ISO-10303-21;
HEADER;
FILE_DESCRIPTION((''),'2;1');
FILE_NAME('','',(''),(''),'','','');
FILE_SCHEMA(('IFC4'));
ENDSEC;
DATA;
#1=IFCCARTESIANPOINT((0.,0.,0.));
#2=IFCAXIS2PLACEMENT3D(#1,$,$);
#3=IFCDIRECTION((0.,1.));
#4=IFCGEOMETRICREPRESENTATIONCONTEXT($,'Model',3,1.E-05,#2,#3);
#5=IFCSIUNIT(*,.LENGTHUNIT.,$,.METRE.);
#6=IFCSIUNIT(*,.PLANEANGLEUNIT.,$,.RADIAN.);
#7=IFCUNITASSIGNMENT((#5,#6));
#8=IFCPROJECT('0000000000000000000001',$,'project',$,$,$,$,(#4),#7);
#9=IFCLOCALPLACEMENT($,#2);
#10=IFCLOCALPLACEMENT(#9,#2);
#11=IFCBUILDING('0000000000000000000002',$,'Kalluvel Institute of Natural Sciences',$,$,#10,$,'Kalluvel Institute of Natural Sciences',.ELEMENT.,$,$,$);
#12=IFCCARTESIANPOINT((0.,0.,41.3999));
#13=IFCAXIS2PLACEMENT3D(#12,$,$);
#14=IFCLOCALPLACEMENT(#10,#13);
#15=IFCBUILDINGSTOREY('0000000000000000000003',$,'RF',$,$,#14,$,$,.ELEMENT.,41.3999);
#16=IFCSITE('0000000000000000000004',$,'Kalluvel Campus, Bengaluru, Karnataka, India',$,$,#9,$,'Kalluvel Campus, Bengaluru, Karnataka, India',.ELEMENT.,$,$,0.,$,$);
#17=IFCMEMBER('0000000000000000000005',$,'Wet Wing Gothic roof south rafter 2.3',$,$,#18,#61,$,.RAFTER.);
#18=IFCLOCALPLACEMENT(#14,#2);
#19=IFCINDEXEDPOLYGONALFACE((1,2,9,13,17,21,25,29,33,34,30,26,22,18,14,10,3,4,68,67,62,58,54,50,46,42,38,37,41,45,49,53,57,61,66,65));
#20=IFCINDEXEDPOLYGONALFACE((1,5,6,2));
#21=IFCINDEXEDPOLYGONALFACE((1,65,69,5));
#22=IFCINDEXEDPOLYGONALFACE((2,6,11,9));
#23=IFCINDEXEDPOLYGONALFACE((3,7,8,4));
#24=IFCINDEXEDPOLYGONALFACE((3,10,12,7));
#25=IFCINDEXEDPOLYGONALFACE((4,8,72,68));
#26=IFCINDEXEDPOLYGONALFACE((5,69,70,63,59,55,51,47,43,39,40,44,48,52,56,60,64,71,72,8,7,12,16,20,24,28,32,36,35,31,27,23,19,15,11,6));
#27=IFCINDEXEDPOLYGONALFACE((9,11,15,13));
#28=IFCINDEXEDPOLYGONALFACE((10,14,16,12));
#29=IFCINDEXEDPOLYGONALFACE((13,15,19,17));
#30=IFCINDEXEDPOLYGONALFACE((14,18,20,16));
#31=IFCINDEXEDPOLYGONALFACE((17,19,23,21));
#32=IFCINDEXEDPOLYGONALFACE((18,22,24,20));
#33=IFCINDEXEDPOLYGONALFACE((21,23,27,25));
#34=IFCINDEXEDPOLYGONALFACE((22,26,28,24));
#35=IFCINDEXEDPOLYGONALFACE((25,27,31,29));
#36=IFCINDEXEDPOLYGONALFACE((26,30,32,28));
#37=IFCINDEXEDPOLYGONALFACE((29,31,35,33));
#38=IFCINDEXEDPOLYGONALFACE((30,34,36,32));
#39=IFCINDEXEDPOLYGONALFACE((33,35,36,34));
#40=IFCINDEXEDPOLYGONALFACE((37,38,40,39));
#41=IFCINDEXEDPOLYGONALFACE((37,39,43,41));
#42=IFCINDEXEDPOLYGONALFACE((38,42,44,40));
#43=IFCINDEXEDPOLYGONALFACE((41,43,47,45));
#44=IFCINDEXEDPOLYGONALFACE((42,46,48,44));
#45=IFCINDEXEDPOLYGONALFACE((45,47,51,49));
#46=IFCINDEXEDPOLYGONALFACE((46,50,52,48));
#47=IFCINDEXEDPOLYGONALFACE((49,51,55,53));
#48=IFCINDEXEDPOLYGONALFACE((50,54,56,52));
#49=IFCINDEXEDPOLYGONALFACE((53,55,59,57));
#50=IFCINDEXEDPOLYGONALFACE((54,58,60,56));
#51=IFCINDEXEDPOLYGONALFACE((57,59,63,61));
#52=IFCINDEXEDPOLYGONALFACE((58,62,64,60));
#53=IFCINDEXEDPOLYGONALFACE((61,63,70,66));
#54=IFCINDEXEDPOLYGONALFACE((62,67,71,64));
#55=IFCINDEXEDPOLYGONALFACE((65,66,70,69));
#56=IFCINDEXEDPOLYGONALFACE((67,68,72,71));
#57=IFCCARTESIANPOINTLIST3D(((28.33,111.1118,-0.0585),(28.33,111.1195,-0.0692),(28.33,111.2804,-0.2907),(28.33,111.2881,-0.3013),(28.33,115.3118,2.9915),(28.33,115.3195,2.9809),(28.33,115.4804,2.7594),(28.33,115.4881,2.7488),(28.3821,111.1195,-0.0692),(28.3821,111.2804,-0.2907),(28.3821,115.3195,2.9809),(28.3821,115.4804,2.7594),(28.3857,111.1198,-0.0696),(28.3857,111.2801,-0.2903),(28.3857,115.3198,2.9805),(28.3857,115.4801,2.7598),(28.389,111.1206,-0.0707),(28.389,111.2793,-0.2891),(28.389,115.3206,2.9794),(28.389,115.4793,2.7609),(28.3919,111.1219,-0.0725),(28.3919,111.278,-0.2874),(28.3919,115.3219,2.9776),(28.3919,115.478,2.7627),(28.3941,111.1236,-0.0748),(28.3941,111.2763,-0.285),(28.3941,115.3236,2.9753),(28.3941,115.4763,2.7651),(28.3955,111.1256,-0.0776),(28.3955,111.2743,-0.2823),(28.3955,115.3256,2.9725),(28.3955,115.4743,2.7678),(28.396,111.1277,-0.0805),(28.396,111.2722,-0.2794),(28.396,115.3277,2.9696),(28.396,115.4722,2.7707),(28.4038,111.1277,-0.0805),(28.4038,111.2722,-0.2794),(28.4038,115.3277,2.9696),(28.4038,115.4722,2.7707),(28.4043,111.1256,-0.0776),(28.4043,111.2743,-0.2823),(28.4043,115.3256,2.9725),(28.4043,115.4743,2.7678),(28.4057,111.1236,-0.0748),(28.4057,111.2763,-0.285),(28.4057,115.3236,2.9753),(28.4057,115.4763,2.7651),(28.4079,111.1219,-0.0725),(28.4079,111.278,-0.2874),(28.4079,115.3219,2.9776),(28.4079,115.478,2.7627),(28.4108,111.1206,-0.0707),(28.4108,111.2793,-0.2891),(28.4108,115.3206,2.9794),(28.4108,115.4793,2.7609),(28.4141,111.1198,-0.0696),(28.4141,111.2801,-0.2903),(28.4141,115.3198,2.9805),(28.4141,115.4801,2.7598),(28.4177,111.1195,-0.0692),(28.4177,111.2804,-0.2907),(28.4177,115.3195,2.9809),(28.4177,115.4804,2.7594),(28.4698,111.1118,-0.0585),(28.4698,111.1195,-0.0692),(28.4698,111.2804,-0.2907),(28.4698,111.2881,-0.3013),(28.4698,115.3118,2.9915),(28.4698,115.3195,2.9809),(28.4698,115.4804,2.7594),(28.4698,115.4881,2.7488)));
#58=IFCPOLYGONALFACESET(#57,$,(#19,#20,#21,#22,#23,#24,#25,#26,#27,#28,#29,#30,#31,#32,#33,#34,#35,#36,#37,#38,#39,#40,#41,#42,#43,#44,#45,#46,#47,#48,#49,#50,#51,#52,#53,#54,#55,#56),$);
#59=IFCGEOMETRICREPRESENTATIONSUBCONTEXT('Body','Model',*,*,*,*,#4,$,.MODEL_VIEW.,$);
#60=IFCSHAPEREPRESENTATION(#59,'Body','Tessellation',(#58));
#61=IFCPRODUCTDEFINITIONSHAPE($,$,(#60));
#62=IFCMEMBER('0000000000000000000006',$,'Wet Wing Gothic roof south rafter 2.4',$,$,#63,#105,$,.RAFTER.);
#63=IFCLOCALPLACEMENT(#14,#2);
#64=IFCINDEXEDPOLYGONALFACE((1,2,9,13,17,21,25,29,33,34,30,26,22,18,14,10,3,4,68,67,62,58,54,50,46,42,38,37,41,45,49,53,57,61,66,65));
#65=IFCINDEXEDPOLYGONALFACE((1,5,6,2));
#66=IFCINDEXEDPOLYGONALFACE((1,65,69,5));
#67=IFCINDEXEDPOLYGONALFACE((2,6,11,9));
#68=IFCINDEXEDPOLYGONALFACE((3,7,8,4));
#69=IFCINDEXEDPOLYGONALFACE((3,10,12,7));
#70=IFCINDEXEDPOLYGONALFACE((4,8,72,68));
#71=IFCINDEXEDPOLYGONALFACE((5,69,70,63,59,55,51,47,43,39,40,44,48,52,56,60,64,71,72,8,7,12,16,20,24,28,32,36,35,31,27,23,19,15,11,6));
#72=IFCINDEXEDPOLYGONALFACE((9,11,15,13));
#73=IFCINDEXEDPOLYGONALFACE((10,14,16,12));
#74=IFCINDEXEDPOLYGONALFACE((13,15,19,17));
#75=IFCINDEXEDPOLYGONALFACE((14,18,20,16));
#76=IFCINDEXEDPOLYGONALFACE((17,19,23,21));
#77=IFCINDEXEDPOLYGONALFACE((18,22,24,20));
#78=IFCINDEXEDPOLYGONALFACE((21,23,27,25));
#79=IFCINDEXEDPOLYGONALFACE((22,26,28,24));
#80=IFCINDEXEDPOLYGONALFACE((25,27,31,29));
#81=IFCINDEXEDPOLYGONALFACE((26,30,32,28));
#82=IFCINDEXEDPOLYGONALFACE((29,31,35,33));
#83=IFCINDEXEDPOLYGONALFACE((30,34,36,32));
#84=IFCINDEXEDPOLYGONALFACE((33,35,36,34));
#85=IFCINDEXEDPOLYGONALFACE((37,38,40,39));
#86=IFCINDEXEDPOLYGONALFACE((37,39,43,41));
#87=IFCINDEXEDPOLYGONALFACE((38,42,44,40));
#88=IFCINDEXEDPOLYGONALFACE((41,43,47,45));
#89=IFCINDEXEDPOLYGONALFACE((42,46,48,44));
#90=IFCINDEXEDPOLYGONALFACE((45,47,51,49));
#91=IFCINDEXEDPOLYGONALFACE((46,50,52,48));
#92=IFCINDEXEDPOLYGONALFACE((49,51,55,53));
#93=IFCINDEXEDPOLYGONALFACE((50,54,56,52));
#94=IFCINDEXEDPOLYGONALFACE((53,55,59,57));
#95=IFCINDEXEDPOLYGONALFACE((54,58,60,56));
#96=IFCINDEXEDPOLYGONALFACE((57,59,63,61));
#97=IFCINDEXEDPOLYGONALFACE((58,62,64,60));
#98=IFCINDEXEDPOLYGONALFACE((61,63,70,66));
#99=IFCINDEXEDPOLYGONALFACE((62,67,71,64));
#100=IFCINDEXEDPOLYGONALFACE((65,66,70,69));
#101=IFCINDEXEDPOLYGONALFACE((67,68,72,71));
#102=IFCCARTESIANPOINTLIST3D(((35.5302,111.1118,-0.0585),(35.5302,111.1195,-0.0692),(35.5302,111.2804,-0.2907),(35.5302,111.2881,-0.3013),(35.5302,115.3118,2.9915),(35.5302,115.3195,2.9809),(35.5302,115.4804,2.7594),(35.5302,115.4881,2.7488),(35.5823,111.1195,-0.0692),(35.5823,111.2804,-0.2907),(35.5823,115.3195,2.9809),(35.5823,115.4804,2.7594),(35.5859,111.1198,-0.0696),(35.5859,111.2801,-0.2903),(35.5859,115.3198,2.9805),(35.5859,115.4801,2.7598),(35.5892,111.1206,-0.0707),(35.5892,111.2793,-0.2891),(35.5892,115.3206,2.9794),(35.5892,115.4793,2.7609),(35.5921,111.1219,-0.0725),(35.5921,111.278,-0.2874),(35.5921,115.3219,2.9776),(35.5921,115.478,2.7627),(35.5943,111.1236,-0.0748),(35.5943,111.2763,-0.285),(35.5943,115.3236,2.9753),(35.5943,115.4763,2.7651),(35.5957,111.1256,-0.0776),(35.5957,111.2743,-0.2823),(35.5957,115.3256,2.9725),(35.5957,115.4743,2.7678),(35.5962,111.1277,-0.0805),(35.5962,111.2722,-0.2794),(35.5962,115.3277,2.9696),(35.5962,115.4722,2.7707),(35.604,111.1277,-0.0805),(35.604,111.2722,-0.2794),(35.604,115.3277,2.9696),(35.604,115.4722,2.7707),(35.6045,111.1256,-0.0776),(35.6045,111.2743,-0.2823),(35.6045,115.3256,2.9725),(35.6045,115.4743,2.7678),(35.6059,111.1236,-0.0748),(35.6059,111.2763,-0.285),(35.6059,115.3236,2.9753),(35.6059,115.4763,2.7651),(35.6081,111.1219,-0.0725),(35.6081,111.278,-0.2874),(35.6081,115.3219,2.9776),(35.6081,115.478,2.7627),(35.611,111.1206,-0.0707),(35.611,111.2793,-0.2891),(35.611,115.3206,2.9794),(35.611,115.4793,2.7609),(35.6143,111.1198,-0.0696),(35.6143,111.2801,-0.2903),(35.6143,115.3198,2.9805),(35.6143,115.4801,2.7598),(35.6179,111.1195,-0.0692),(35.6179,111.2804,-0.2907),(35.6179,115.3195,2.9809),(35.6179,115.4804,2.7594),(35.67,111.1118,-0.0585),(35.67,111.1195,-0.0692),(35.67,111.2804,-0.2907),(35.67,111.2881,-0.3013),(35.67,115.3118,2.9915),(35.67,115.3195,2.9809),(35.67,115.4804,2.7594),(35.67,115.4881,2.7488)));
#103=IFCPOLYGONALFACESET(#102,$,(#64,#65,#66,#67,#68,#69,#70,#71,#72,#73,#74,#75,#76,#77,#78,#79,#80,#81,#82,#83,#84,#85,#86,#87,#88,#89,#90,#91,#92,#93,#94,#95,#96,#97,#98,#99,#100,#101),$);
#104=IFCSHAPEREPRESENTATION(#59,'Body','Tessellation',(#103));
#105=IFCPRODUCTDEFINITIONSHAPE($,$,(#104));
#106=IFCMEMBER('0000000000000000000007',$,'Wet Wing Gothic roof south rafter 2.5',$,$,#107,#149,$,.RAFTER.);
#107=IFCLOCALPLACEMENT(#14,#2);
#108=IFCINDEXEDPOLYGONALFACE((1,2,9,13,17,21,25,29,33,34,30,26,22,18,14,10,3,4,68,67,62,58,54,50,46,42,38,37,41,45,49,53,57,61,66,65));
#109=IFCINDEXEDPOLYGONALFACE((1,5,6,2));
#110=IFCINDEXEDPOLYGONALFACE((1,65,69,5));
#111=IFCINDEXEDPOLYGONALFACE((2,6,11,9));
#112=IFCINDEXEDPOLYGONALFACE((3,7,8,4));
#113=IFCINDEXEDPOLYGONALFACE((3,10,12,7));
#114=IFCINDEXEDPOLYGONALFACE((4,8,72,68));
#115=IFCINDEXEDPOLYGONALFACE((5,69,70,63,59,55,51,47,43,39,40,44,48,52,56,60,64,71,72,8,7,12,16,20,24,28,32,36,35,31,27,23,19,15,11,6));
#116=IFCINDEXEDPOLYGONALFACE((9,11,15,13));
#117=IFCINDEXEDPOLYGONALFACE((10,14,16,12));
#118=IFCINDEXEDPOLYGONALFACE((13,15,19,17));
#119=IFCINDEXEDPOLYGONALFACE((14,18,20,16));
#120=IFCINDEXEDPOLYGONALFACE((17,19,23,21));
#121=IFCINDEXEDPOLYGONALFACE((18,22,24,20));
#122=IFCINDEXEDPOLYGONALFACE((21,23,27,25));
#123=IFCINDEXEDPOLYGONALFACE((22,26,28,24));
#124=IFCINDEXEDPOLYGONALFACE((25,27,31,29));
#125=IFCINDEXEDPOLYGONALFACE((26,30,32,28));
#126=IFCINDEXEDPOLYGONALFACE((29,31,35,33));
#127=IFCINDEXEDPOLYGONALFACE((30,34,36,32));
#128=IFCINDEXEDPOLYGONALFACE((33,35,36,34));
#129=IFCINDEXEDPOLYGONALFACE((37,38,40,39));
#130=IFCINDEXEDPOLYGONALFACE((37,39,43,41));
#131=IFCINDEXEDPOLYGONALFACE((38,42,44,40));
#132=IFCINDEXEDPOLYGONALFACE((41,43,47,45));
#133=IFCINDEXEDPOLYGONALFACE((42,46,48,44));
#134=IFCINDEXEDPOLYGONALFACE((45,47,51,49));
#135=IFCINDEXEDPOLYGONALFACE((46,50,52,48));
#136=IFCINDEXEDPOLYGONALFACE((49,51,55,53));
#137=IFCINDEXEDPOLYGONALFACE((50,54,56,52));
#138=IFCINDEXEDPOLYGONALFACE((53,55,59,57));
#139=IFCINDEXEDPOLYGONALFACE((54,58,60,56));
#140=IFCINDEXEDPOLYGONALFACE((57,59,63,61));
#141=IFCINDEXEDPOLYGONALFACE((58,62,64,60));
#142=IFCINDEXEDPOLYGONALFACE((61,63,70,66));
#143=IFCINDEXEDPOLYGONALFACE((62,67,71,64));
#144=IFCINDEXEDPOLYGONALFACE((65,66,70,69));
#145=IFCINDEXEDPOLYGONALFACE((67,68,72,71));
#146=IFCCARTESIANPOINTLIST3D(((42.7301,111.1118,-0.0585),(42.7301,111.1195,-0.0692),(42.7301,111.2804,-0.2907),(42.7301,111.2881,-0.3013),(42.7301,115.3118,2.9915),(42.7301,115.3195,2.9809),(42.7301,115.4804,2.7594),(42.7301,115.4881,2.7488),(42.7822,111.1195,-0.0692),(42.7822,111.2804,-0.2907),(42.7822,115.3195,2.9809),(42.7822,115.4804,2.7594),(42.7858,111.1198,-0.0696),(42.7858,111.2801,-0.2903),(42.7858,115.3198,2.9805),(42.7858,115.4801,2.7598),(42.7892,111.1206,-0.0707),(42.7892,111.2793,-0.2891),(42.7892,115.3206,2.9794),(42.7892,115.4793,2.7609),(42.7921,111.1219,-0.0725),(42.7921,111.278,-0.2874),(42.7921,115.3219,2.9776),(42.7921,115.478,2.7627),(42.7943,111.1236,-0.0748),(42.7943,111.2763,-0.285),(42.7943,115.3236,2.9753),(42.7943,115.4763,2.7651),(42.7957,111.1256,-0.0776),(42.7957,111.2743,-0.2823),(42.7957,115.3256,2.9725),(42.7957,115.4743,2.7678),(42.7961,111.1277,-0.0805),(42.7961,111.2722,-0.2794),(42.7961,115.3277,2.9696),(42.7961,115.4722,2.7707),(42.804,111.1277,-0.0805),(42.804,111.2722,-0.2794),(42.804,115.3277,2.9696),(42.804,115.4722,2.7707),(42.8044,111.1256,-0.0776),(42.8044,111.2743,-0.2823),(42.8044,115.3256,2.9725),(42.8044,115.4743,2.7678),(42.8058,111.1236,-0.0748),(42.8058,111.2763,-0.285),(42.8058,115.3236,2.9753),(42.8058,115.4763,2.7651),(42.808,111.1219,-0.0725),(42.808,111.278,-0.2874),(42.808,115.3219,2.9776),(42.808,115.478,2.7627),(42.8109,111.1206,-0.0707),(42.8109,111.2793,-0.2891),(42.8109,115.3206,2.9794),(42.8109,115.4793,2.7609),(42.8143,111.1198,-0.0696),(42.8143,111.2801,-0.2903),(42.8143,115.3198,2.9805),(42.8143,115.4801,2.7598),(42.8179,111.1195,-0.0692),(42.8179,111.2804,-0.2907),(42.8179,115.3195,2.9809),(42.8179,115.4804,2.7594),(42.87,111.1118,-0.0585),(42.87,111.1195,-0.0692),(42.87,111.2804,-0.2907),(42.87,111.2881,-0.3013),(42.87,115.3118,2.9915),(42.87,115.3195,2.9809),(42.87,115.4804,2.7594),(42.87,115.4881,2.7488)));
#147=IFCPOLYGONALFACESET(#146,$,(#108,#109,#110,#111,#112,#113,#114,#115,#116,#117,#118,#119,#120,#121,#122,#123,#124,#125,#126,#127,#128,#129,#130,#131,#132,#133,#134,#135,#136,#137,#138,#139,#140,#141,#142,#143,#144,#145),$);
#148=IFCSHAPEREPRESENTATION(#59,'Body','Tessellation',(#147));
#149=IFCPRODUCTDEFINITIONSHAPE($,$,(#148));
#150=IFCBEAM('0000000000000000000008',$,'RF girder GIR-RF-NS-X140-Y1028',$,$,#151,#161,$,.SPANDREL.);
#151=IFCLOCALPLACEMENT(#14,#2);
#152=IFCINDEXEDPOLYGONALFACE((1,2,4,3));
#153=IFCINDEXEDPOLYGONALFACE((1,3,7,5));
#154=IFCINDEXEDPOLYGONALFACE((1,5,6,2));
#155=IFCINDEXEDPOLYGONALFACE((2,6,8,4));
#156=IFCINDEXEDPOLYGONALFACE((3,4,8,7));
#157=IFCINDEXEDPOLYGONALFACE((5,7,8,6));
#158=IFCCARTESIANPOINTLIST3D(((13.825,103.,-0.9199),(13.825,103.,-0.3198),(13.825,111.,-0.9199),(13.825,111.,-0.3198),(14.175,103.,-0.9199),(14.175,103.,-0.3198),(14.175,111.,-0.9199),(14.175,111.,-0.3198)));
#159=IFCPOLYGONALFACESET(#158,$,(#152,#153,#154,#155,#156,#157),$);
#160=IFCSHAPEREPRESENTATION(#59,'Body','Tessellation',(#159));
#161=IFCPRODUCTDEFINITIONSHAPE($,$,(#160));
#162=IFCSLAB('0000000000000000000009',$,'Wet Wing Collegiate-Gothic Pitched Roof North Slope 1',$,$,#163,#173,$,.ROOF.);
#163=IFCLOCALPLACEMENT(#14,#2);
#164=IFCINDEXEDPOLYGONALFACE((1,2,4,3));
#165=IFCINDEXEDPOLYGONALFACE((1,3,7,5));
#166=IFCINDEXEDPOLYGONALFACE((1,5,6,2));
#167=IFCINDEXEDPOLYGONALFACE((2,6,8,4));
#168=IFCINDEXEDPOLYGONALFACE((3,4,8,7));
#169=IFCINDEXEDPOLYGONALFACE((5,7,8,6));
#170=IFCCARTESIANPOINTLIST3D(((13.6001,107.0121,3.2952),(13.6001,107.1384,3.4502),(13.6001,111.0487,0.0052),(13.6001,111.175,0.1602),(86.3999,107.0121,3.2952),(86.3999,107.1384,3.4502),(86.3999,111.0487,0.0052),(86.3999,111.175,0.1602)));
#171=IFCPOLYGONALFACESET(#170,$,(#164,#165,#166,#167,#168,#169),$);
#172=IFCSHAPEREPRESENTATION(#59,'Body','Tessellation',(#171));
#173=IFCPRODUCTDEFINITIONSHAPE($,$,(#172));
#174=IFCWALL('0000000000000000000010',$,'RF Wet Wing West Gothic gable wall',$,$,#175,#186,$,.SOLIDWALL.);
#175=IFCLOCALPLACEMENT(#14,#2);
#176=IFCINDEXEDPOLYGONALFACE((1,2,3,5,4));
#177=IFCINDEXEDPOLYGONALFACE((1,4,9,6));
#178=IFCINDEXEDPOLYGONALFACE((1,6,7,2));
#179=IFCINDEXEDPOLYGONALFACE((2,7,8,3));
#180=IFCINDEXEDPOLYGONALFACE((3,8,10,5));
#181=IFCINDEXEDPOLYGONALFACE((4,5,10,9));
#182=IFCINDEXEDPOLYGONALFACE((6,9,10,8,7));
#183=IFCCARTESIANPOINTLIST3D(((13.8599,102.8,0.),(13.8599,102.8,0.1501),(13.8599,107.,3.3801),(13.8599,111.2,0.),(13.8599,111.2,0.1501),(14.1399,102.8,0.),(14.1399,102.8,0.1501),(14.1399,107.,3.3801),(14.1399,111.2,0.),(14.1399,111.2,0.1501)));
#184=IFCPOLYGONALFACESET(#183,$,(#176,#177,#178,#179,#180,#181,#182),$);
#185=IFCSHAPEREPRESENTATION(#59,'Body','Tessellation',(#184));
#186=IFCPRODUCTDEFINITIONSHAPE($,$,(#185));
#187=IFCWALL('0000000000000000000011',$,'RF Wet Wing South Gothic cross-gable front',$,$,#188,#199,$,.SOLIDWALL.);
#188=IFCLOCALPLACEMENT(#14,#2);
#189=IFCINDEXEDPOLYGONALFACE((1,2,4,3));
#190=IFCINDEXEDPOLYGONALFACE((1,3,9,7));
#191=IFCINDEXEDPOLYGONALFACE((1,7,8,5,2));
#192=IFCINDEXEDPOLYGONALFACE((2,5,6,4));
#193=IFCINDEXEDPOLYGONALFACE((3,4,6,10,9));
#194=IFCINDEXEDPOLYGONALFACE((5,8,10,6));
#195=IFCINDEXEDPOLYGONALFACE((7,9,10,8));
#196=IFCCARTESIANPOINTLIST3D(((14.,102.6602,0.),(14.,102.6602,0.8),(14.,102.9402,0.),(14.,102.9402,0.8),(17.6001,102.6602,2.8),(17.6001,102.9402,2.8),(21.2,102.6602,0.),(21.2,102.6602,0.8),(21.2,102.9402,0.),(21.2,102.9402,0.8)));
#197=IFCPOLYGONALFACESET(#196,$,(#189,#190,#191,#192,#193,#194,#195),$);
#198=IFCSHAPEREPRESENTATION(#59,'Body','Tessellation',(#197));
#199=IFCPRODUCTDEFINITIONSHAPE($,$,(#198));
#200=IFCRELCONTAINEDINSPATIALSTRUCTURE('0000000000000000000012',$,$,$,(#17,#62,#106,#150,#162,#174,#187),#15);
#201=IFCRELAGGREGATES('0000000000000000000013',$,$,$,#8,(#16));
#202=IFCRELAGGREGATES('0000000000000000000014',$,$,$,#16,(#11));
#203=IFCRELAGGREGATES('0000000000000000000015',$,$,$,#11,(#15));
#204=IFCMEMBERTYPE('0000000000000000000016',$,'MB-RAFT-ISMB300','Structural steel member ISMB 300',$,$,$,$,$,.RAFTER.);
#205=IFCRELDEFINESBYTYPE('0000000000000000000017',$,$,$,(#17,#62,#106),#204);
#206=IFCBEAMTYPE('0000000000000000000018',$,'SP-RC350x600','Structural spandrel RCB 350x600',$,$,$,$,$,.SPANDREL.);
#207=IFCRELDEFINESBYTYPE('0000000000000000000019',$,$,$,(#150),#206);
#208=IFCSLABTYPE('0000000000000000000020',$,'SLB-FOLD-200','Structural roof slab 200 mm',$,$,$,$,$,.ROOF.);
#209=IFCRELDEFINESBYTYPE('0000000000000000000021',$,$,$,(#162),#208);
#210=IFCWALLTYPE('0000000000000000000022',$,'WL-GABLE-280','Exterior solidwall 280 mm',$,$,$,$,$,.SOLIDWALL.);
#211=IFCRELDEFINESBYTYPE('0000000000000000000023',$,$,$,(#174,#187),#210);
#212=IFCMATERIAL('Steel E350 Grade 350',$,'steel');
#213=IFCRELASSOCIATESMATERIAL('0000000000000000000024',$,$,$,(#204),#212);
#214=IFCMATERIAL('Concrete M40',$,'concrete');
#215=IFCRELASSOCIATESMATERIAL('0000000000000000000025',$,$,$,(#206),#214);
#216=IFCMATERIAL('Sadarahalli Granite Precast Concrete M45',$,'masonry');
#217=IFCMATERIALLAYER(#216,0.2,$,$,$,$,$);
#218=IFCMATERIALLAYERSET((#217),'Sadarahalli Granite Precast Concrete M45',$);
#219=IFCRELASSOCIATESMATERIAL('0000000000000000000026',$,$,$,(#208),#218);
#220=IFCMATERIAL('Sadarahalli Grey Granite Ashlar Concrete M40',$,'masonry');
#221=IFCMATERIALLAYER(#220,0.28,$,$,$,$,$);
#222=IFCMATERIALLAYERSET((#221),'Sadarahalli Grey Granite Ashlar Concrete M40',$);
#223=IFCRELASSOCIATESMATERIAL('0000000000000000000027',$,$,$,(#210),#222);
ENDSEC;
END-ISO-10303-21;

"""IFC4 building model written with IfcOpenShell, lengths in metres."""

from ifc_helpers import new_model, si_unit, direction, frame, origin, origin_2d, place, context, subcontext, project, spatial, polyline, rectangle, i_section, outline, extrude, material, layer, layer_set, material_profile, profile_set, type_object, element, save


model = new_model("IFC4")

# Units and contexts
model_context = context("Model", 3, precision=1e-05, world=origin(), true_north=direction((0.0, 1.0)))
body_context = subcontext(model_context, "Body", "Model", "MODEL_VIEW")
ifc_project = project(units=[si_unit("LENGTHUNIT", "METRE"), si_unit("PLANEANGLEUNIT", "RADIAN")], contexts=[model_context])

# Site, building, storey
site_placement = place(None, origin())
site = spatial("IfcSite", under=ifc_project, at=site_placement, Name="Kalluvel Campus, Bengaluru, Karnataka, India", LongName="Kalluvel Campus, Bengaluru, Karnataka, India", CompositionType="ELEMENT", RefElevation=0.0)
building_placement = place(site_placement, origin())
building = spatial("IfcBuilding", under=site, at=building_placement, Name="Kalluvel Institute of Natural Sciences", LongName="Kalluvel Institute of Natural Sciences", CompositionType="ELEMENT")
storey_placement = place(building_placement, frame((0.0, 0.0, 41.3999)))
storey = spatial("IfcBuildingStorey", under=building, at=storey_placement, Name="RF", CompositionType="ELEMENT", Elevation=41.3999)

# Shared definitions
ifc_material_1 = material(Name="Steel E350 Grade 350", Category="steel")
ifc_material_2 = material(Name="Concrete M40", Category="concrete")

# Members
ifc_material_profile_1 = material_profile(ifc_material_1, i_section(OverallWidth=0.1399, OverallDepth=0.3, WebThickness=0.0078, FlangeThickness=0.0132, FilletRadius=0.0139, at=origin_2d()), Name="ISMB 300")
ifc_profile_set_1 = profile_set([ifc_material_profile_1], Name="Steel E350 Grade 350")
member_type_1 = type_object("IfcMemberType", Name="MB-RAFT-ISMB300", Description="Structural steel member ISMB 300", PredefinedType="RAFTER", material=ifc_profile_set_1)
for number, where, z_axis, x_axis, name in (
    (1, (28.3999, 111.2, -0.1799), (0.0, 0.809145, 0.587609), (-1.0, 0.0, 0.0), "Wet Wing Gothic roof south rafter 2.3"),
    (2, (35.6001, 111.2, -0.1799), (0.0, 0.809145, 0.587609), (-1.0, 0.0, 0.0), "Wet Wing Gothic roof south rafter 2.4"),
    (3, (42.8, 111.2, -0.1799), (0.0, 0.809145, 0.587609), (-1.0, 0.0, 0.0), "Wet Wing Gothic roof south rafter 2.5"),
):
    element("IfcMember", number, at=place(storey_placement, frame(where, z_axis=z_axis, x_axis=x_axis)), inside=storey, type_object=member_type_1, Name=name, PredefinedType="RAFTER", context=body_context, shape_type="SweptSolid", body=[
        extrude(i_section(OverallWidth=0.1399, OverallDepth=0.3, WebThickness=0.0078, FlangeThickness=0.0132, FilletRadius=0.0139, at=origin_2d()), origin(), (0.0, 0.0, 1.0), 5.1907),
    ])

# Beam
ifc_material_profile_2 = material_profile(ifc_material_2, rectangle(XDim=0.3501, YDim=0.6001, at=origin_2d()), Name="RCB 350x600")
ifc_profile_set_2 = profile_set([ifc_material_profile_2], Name="Concrete M40")
beam_type_1 = type_object("IfcBeamType", Name="SP-RC350x600", Description="Structural spandrel RCB 350x600", PredefinedType="SPANDREL", material=ifc_profile_set_2)
beam_1_placement = place(storey_placement, frame((14.0, 103.0, -0.6199), z_axis=(0.0, 1.0, 0.0), x_axis=(-1.0, 0.0, 0.0)))
element("IfcBeam", 4, at=beam_1_placement, inside=storey, type_object=beam_type_1, Name="RF girder GIR-RF-NS-X140-Y1028", PredefinedType="SPANDREL", context=body_context, shape_type="SweptSolid", body=[
    extrude(rectangle(XDim=0.3501, YDim=0.6001, at=origin_2d()), origin(), (0.0, 0.0, 1.0), 8.0),
])

# Slab
ifc_material_3 = material(Name="Sadarahalli Granite Precast Concrete M45", Category="masonry")
ifc_layer_1 = layer(ifc_material_3, 0.2)
ifc_layer_set_1 = layer_set([ifc_layer_1], Name="Sadarahalli Granite Precast Concrete M45")
slab_type = type_object("IfcSlabType", Name="SLB-FOLD-200", Description="Structural roof slab 200 mm", PredefinedType="ROOF", material=ifc_layer_set_1)
slab_placement = place(storey_placement, frame((13.6001, 107.1384, 3.4502), z_axis=(0.0, 0.631781, 0.775147), x_axis=(1.0, 0.0, 0.0)))
element("IfcSlab", 5, at=slab_placement, inside=storey, type_object=slab_type, Name="Wet Wing Collegiate-Gothic Pitched Roof North Slope 1", PredefinedType="ROOF", context=body_context, shape_type="SweptSolid", body=[
    extrude(outline(polyline([(0.0, 0.0), (72.7998, 0.0), (72.7998, 5.2076), (0.0, 5.2076), (0.0, 0.0)])), origin(), (0.0, 0.0, -1.0), 0.2),
])

# Walls
ifc_material_4 = material(Name="Sadarahalli Grey Granite Ashlar Concrete M40", Category="masonry")
ifc_layer_2 = layer(ifc_material_4, 0.28)
ifc_layer_set_2 = layer_set([ifc_layer_2], Name="Sadarahalli Grey Granite Ashlar Concrete M40")
wall_type = type_object("IfcWallType", Name="WL-GABLE-280", Description="Exterior solidwall 280 mm", PredefinedType="SOLIDWALL", material=ifc_layer_set_2)
wall_1_placement = place(storey_placement, frame((14.0, 102.8, 0.0), z_axis=(0.0, 0.0, 1.0), x_axis=(0.0, 1.0, 0.0)))
element("IfcWall", 6, at=wall_1_placement, inside=storey, type_object=wall_type, Name="RF Wet Wing West Gothic gable wall", PredefinedType="SOLIDWALL", context=body_context, shape_type="SweptSolid", body=[
    extrude(outline(polyline([(0.0, 0.0), (8.3999, 0.0), (8.3999, 0.1501), (4.2, 3.3801), (0.0, 0.1501), (0.0, 0.0)])), frame((0.0, 0.1401, 0.0), z_axis=(0.0, -1.0, 0.0), x_axis=(1.0, 0.0, 0.0)), (0.0, 0.0, 1.0), 0.28),
])
wall_2_placement = place(storey_placement, frame((14.0, 102.8, 0.0), z_axis=(0.0, 0.0, 1.0), x_axis=(1.0, 0.0, 0.0)))
element("IfcWall", 7, at=wall_2_placement, inside=storey, type_object=wall_type, Name="RF Wet Wing South Gothic cross-gable front", PredefinedType="SOLIDWALL", context=body_context, shape_type="SweptSolid", body=[
    extrude(outline(polyline([(0.0, 0.0), (7.2, 0.0), (7.2, 0.8), (3.6001, 2.8), (0.0, 0.8), (0.0, 0.0)])), frame((0.0, 0.1401, 0.0), z_axis=(0.0, -1.0, 0.0), x_axis=(1.0, 0.0, 0.0)), (0.0, 0.0, 1.0), 0.28),
])

save(model, "model.ifc")
